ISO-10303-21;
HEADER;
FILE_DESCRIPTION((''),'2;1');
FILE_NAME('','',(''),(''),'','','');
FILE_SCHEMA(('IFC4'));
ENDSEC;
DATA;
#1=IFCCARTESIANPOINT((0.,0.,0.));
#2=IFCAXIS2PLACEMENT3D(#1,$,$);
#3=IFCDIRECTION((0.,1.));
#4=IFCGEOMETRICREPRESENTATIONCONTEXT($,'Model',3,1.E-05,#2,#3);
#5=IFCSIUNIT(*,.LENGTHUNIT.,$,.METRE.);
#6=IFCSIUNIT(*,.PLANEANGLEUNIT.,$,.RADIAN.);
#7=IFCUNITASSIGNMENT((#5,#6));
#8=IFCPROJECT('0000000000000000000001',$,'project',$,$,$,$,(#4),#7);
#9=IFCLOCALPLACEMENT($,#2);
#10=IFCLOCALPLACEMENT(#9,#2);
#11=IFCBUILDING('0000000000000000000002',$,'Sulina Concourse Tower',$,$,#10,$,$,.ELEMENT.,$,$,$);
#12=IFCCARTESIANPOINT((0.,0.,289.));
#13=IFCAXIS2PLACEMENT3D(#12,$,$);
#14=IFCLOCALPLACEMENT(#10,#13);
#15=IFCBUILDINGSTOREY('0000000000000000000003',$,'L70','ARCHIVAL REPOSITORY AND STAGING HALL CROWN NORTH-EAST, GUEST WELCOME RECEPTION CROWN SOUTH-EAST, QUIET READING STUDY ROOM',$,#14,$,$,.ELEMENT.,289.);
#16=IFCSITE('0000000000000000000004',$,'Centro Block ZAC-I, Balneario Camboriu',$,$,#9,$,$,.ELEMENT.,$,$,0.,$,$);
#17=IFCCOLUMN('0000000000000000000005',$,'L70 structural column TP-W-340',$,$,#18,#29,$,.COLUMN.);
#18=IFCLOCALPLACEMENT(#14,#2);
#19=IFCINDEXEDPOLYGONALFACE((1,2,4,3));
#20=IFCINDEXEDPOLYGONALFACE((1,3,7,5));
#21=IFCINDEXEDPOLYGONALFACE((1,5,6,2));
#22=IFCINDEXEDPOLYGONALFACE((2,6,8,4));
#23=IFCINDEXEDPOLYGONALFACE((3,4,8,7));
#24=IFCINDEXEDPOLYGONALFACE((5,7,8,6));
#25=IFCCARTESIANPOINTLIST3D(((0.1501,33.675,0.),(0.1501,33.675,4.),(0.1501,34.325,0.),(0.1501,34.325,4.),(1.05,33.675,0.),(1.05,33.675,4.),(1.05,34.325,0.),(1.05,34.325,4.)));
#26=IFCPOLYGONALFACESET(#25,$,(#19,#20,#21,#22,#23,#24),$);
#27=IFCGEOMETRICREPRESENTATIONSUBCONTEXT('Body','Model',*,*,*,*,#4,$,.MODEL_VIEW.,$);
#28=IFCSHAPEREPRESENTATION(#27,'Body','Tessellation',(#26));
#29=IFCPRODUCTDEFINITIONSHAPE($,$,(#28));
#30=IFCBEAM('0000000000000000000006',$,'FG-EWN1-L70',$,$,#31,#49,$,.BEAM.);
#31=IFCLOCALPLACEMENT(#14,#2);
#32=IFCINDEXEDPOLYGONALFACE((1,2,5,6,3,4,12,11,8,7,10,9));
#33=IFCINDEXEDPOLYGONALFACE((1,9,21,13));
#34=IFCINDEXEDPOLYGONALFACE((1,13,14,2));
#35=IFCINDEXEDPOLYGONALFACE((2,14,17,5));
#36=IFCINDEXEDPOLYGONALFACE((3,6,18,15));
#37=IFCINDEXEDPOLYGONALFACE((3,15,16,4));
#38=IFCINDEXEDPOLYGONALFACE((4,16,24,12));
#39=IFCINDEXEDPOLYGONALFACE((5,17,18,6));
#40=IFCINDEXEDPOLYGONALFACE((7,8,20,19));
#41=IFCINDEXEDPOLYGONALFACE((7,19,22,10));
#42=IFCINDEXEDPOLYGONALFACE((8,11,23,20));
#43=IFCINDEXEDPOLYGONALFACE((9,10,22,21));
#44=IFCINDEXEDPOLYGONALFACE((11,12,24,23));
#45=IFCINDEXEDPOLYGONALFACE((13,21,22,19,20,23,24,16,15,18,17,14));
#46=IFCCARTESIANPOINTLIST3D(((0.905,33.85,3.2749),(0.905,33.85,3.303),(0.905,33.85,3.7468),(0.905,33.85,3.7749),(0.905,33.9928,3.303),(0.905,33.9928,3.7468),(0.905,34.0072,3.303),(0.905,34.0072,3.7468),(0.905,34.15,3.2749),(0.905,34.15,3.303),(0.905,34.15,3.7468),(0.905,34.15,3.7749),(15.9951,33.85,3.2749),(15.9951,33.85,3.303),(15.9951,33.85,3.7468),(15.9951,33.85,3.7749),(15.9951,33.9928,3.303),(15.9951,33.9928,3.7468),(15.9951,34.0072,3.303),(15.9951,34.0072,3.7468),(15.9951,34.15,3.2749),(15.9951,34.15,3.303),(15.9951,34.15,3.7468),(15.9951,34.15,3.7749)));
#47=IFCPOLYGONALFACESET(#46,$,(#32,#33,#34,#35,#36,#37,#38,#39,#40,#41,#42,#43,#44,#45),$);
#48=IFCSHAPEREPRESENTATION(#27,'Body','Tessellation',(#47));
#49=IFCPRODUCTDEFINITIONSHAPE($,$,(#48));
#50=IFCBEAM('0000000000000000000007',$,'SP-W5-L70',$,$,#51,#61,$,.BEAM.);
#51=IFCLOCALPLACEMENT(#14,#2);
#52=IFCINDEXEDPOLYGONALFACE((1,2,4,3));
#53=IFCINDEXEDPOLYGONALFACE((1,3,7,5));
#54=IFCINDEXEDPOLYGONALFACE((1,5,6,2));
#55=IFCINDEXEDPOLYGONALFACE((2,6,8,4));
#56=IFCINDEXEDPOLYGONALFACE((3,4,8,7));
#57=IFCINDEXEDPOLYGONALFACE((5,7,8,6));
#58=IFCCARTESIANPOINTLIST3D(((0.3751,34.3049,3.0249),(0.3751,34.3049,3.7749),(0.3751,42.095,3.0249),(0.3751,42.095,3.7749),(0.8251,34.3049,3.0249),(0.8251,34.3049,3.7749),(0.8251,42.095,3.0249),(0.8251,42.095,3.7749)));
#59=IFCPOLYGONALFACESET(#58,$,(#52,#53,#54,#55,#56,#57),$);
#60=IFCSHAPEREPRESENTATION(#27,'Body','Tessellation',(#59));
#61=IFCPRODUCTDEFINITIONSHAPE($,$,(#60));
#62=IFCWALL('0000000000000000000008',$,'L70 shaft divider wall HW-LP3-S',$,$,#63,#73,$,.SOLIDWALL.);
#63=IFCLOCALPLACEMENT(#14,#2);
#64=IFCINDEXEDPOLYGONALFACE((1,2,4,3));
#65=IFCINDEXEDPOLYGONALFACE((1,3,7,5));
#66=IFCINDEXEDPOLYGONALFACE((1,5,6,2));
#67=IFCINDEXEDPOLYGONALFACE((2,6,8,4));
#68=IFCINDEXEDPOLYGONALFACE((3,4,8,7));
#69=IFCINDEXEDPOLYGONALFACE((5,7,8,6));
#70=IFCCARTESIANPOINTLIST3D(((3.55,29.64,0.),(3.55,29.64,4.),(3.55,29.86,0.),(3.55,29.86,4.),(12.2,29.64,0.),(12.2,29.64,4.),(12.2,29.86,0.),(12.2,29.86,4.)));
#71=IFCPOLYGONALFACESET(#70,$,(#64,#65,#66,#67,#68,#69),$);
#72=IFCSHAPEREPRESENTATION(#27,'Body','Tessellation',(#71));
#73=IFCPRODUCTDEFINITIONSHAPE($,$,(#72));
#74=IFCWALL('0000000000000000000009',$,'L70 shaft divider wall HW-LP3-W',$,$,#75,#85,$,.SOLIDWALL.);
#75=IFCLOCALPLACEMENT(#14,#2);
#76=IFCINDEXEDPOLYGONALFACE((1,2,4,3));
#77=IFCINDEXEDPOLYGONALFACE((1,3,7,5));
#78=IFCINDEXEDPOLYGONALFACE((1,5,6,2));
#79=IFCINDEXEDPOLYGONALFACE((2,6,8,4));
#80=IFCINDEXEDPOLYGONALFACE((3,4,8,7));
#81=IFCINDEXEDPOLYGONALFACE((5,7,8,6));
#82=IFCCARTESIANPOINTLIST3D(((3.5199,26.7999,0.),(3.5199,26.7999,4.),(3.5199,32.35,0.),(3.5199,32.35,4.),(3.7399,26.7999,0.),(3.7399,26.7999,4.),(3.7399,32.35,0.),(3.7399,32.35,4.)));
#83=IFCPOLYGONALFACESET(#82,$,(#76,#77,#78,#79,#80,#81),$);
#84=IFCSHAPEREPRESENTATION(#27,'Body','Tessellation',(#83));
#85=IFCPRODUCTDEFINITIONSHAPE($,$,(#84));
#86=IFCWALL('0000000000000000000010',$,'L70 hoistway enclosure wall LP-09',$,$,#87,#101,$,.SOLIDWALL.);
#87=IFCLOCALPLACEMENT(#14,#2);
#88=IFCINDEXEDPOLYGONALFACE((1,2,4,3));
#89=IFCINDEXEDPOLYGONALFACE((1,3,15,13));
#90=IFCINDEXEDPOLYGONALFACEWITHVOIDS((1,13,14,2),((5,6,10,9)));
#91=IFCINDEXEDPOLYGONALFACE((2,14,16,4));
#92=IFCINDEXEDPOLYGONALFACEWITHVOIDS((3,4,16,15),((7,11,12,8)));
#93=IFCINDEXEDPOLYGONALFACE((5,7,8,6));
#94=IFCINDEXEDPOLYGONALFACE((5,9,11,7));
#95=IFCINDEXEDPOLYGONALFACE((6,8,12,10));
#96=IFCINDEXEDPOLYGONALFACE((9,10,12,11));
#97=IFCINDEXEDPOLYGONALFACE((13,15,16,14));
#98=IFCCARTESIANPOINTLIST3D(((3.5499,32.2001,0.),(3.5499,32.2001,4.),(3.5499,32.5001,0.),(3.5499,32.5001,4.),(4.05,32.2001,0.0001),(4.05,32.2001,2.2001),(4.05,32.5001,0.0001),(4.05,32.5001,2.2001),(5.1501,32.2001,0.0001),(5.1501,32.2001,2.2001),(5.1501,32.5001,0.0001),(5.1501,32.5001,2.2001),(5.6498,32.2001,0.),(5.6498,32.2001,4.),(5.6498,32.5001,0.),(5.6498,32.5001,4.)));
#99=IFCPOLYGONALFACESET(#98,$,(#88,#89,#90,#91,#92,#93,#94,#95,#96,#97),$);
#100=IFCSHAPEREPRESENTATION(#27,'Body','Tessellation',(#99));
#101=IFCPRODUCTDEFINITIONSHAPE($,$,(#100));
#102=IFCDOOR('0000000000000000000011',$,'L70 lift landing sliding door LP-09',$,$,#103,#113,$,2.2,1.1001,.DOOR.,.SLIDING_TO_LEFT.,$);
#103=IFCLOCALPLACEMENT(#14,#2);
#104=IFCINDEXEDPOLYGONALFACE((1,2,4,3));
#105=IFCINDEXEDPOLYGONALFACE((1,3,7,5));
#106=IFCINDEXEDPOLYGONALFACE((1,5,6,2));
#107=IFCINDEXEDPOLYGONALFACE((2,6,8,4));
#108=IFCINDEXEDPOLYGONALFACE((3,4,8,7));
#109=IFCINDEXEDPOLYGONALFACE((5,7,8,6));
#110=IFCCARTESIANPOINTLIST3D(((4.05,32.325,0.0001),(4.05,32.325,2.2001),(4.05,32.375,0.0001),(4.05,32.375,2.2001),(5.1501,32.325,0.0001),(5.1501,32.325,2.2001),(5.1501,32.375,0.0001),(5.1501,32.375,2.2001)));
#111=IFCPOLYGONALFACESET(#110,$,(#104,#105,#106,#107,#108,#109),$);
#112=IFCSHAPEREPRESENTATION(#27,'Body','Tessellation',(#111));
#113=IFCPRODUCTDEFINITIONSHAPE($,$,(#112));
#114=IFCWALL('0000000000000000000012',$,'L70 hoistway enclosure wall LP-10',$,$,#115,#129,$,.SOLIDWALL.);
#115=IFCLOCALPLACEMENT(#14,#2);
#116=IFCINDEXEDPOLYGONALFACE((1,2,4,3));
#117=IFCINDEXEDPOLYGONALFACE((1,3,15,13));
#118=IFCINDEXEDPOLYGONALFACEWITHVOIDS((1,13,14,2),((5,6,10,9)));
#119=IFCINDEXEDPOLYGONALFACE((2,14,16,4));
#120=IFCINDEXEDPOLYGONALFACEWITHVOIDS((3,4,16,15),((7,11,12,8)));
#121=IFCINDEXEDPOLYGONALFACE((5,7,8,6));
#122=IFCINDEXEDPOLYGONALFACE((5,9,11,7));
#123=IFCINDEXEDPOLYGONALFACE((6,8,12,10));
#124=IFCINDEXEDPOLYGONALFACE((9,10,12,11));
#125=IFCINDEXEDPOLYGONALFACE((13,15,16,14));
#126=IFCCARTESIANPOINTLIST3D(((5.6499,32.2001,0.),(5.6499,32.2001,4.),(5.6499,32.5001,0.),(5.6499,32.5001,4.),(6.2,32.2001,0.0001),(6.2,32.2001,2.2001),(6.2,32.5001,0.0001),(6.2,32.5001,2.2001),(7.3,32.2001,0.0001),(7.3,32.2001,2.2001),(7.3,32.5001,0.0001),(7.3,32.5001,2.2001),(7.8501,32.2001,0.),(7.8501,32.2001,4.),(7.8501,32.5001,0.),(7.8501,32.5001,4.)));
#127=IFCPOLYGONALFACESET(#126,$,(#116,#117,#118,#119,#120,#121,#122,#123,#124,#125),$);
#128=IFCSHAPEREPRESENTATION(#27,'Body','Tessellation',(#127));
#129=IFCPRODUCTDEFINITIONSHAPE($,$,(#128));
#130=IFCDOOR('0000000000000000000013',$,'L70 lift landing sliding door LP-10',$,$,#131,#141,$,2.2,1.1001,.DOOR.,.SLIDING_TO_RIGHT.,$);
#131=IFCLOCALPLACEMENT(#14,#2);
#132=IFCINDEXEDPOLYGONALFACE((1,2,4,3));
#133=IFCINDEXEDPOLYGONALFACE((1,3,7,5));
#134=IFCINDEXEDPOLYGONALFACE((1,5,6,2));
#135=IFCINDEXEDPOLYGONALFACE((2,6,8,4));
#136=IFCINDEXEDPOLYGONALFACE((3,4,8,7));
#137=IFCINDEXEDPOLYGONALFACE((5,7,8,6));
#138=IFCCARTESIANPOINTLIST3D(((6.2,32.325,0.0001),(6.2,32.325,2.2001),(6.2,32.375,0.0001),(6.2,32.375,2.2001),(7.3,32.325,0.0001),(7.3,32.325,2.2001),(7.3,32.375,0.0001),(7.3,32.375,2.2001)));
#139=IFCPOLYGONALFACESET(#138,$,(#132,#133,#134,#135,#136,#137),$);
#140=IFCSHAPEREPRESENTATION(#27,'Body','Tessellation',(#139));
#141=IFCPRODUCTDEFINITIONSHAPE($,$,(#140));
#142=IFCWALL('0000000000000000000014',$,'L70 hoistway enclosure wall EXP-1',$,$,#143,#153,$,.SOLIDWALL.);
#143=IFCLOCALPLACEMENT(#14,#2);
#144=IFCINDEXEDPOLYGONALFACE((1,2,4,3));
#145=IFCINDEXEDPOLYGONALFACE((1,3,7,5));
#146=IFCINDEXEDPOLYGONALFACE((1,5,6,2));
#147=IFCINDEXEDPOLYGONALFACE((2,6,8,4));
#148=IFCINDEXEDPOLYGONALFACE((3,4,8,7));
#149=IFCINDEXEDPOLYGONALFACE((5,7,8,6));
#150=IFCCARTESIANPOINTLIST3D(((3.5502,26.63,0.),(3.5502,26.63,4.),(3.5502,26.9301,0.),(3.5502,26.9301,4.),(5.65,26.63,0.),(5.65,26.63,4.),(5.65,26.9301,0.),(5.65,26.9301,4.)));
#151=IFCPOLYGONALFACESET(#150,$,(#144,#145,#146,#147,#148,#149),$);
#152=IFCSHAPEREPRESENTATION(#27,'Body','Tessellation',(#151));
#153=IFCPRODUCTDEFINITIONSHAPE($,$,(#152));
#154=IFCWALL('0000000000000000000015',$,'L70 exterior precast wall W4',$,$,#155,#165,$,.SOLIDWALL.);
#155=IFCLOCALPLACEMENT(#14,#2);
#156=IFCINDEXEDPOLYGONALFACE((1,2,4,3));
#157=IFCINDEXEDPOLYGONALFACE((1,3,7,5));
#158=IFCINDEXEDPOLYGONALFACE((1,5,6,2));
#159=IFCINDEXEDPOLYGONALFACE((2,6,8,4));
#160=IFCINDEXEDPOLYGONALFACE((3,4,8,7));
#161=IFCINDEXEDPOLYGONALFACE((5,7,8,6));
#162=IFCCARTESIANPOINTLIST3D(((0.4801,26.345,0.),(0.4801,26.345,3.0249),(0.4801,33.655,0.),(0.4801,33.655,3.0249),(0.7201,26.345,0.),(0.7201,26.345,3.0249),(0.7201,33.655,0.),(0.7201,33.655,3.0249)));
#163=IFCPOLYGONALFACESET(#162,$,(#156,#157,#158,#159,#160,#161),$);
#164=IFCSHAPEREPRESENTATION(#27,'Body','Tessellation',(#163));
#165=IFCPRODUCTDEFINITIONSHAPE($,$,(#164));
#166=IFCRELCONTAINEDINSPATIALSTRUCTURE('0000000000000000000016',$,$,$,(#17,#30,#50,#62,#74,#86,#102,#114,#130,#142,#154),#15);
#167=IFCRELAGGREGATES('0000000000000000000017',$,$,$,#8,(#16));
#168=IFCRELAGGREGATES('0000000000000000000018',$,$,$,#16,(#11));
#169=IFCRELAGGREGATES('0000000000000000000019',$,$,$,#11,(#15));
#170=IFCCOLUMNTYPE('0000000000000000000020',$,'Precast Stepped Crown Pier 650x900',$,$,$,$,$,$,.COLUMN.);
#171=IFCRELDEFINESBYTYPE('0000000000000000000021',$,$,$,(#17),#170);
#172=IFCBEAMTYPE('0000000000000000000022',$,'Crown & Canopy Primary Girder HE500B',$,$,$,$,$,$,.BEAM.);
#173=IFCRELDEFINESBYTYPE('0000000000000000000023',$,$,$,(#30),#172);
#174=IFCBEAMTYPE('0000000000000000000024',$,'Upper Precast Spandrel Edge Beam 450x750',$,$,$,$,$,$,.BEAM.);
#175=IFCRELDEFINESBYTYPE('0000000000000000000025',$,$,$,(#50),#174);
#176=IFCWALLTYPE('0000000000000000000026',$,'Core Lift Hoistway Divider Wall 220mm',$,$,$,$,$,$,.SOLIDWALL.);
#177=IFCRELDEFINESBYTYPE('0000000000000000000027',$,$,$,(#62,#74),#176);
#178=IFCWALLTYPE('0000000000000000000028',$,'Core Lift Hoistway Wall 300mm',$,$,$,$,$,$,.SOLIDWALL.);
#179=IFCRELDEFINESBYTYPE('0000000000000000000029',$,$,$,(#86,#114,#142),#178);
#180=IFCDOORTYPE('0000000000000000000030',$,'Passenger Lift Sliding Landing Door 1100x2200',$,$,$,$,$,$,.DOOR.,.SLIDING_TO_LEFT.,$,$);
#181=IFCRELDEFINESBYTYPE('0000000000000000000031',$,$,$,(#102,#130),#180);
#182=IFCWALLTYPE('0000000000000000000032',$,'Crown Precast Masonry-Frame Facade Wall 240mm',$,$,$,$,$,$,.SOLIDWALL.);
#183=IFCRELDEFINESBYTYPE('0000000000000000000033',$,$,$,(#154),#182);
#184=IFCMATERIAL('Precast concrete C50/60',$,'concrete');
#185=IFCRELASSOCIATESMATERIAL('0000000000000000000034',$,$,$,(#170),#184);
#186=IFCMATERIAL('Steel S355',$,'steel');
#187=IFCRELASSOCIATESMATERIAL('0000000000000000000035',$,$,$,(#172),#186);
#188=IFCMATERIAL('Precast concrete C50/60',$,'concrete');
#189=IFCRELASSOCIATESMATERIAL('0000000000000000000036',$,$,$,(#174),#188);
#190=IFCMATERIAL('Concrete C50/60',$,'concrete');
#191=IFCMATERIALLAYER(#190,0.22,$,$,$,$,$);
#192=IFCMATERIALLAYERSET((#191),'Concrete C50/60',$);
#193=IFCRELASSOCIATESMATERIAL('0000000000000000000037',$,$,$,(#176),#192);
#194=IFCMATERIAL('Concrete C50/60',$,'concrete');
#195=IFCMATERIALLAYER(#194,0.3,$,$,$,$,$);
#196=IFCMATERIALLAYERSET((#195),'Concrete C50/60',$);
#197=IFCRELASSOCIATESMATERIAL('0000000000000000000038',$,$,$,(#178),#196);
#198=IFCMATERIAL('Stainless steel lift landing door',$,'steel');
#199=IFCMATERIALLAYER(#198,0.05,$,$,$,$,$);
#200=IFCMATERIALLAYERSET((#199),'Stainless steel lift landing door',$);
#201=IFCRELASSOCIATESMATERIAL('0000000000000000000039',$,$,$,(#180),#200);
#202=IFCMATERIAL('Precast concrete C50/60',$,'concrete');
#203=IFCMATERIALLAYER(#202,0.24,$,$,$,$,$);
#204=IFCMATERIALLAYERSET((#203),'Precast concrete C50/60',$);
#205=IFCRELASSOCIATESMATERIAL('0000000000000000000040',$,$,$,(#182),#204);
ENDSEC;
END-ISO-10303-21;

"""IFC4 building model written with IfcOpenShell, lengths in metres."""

from ifc_helpers import new_model, si_unit, direction, frame, frame_2d, origin, origin_2d, place, context, subcontext, project, spatial, rectangle, i_section, extrude, material, layer, layer_set, material_profile, profile_set, type_object, element, fill, save


model = new_model("IFC4")

# Units and contexts
model_context = context("Model", 3, precision=1e-05, world=origin(), true_north=direction((0.0, 1.0)))
body_context = subcontext(model_context, "Body", "Model", "MODEL_VIEW")
ifc_project = project(units=[si_unit("LENGTHUNIT", "METRE"), si_unit("PLANEANGLEUNIT", "RADIAN")], contexts=[model_context])

# Site, building, storey
site_placement = place(None, origin())
site = spatial("IfcSite", under=ifc_project, at=site_placement, Name="Centro Block ZAC-I, Balneario Camboriu", CompositionType="ELEMENT", RefElevation=0.0)
building_placement = place(site_placement, origin())
building = spatial("IfcBuilding", under=site, at=building_placement, Name="Sulina Concourse Tower", CompositionType="ELEMENT")
storey_placement = place(building_placement, frame((0.0, 0.0, 289.0)))
storey = spatial("IfcBuildingStorey", under=building, at=storey_placement, Name="L70", Description="ARCHIVAL REPOSITORY AND STAGING HALL CROWN NORTH-EAST, GUEST WELCOME RECEPTION CROWN SOUTH-EAST, QUIET READING STUDY ROOM", CompositionType="ELEMENT", Elevation=289.0)

# Column
ifc_material_1 = material(Name="Precast concrete C50/60", Category="concrete")
ifc_material_profile_1 = material_profile(ifc_material_1, rectangle(XDim=0.6499, YDim=0.8999, at=origin_2d()), Name="PC 650x900")
ifc_profile_set_1 = profile_set([ifc_material_profile_1], Name="Precast concrete C50/60")
column_type = type_object("IfcColumnType", Name="Precast Stepped Crown Pier 650x900", PredefinedType="COLUMN", material=ifc_profile_set_1)
column_placement = place(storey_placement, frame((0.6001, 34.0, 0.0), z_axis=(0.0, 0.0, 1.0), x_axis=(0.0, 1.0, 0.0)))
element("IfcColumn", 1, at=column_placement, inside=storey, type_object=column_type, Name="L70 structural column TP-W-340", PredefinedType="COLUMN", context=body_context, shape_type="SweptSolid", body=[
    extrude(rectangle(XDim=0.6499, YDim=0.8999, at=origin_2d()), origin(), (0.0, 0.0, 1.0), 4.0),
])

# Beams
ifc_material_2 = material(Name="Steel S355", Category="steel")
ifc_material_profile_2 = material_profile(ifc_material_2, i_section(OverallWidth=0.3, OverallDepth=0.5, WebThickness=0.0144, FlangeThickness=0.0281, at=origin_2d()), Name="HE 500 B")
ifc_profile_set_2 = profile_set([ifc_material_profile_2], Name="Steel S355")
beam_type_1 = type_object("IfcBeamType", Name="Crown & Canopy Primary Girder HE500B", PredefinedType="BEAM", material=ifc_profile_set_2)
beam_1_placement = place(storey_placement, frame((0.905, 34.0, 3.5249), z_axis=(1.0, 0.0, 0.0), x_axis=(0.0, 1.0, 0.0)))
element("IfcBeam", 2, at=beam_1_placement, inside=storey, type_object=beam_type_1, Name="FG-EWN1-L70", PredefinedType="BEAM", context=body_context, shape_type="SweptSolid", body=[
    extrude(i_section(OverallWidth=0.3, OverallDepth=0.5, WebThickness=0.0144, FlangeThickness=0.0281, at=origin_2d()), origin(), (0.0, 0.0, 1.0), 15.0901),
])
ifc_material_3 = material(Name="Precast concrete C50/60", Category="concrete")
ifc_material_profile_3 = material_profile(ifc_material_3, rectangle(XDim=0.45, YDim=0.75, at=origin_2d()), Name="RC 450x750")
ifc_profile_set_3 = profile_set([ifc_material_profile_3], Name="Precast concrete C50/60")
beam_type_2 = type_object("IfcBeamType", Name="Upper Precast Spandrel Edge Beam 450x750", PredefinedType="BEAM", material=ifc_profile_set_3)
beam_2_placement = place(storey_placement, frame((0.6001, 34.3049, 3.3999), z_axis=(0.0, 1.0, 0.0), x_axis=(-1.0, 0.0, 0.0)))
element("IfcBeam", 3, at=beam_2_placement, inside=storey, type_object=beam_type_2, Name="SP-W5-L70", PredefinedType="BEAM", context=body_context, shape_type="SweptSolid", body=[
    extrude(rectangle(XDim=0.45, YDim=0.75, at=origin_2d()), origin(), (0.0, 0.0, 1.0), 7.79),
])

# Walls
ifc_material_4 = material(Name="Concrete C50/60", Category="concrete")
ifc_layer_1 = layer(ifc_material_4, 0.22)
ifc_layer_set_1 = layer_set([ifc_layer_1], Name="Concrete C50/60")
wall_type_1 = type_object("IfcWallType", Name="Core Lift Hoistway Divider Wall 220mm", PredefinedType="SOLIDWALL", material=ifc_layer_set_1)
wall_1_placement = place(storey_placement, frame((3.55, 29.75, 0.0), z_axis=(0.0, 0.0, 1.0), x_axis=(1.0, 0.0, 0.0)))
element("IfcWall", 4, at=wall_1_placement, inside=storey, type_object=wall_type_1, Name="L70 shaft divider wall HW-LP3-S", PredefinedType="SOLIDWALL", context=body_context, shape_type="SweptSolid", body=[
    extrude(rectangle(XDim=8.6499, YDim=0.22, at=frame_2d((4.325, 0.0))), origin(), (0.0, 0.0, 1.0), 4.0),
])
wall_2_placement = place(storey_placement, frame((3.6299, 26.8, 0.0), z_axis=(0.0, 0.0, 1.0), x_axis=(0.0, 1.0, 0.0)))
element("IfcWall", 5, at=wall_2_placement, inside=storey, type_object=wall_type_1, Name="L70 shaft divider wall HW-LP3-W", PredefinedType="SOLIDWALL", context=body_context, shape_type="SweptSolid", body=[
    extrude(rectangle(XDim=5.55, YDim=0.22, at=frame_2d((2.7749, 0.0))), origin(), (0.0, 0.0, 1.0), 4.0),
])

# Walls, openings, doors
ifc_material_5 = material(Name="Concrete C50/60", Category="concrete")
ifc_layer_2 = layer(ifc_material_5, 0.3)
ifc_layer_set_2 = layer_set([ifc_layer_2], Name="Concrete C50/60")
wall_type_2 = type_object("IfcWallType", Name="Core Lift Hoistway Wall 300mm", PredefinedType="SOLIDWALL", material=ifc_layer_set_2)
wall_3_placement = place(storey_placement, frame((3.55, 32.3501, 0.0), z_axis=(0.0, 0.0, 1.0), x_axis=(1.0, 0.0, 0.0)))
wall_3 = element("IfcWall", 6, at=wall_3_placement, inside=storey, type_object=wall_type_2, Name="L70 hoistway enclosure wall LP-09", PredefinedType="SOLIDWALL", context=body_context, shape_type="SweptSolid", body=[
    extrude(rectangle(XDim=2.0999, YDim=0.3, at=frame_2d((1.0498, 0.0))), origin(), (0.0, 0.0, 1.0), 4.0),
])
opening_1_placement = place(wall_3_placement, frame((0.5, 0.0, 0.0)))
opening_1 = element("IfcOpeningElement", 7, at=opening_1_placement, cuts=wall_3, PredefinedType="OPENING", context=body_context, shape_type="SweptSolid", body=[
    extrude(rectangle(XDim=1.1001, YDim=2.2, at=frame_2d((0.55, 1.1001))), frame((0.0, 0.1599, 0.0), z_axis=(0.0, -1.0, 0.0), x_axis=(1.0, 0.0, 0.0)), (0.0, 0.0, 1.0), 0.3201),
])
ifc_material_6 = material(Name="Stainless steel lift landing door", Category="steel")
ifc_layer_3 = layer(ifc_material_6, 0.05)
ifc_layer_set_3 = layer_set([ifc_layer_3], Name="Stainless steel lift landing door")
door_type_1 = type_object("IfcDoorType", Name="Passenger Lift Sliding Landing Door 1100x2200", OperationType="SLIDING_TO_LEFT", PredefinedType="DOOR", material=ifc_layer_set_3)
door_1_placement = place(opening_1_placement, origin())
door_1 = element("IfcDoor", 8, at=door_1_placement, inside=storey, type_object=door_type_1, Name="L70 lift landing sliding door LP-09", OperationType="SLIDING_TO_LEFT", OverallHeight=2.2, OverallWidth=1.1001, PredefinedType="DOOR", context=body_context, shape_type="SweptSolid", body=[
    extrude(rectangle(XDim=1.1001, YDim=2.2, at=frame_2d((0.55, 1.1001))), frame((0.0, 0.0249, 0.0), z_axis=(0.0, -1.0, 0.0), x_axis=(1.0, 0.0, 0.0)), (0.0, 0.0, 1.0), 0.05),
])
fill(opening_1, door_1)
wall_4_placement = place(storey_placement, frame((5.6499, 32.3501, 0.0), z_axis=(0.0, 0.0, 1.0), x_axis=(1.0, 0.0, 0.0)))
wall_4 = element("IfcWall", 9, at=wall_4_placement, inside=storey, type_object=wall_type_2, Name="L70 hoistway enclosure wall LP-10", PredefinedType="SOLIDWALL", context=body_context, shape_type="SweptSolid", body=[
    extrude(rectangle(XDim=2.2002, YDim=0.3, at=frame_2d((1.1001, 0.0))), origin(), (0.0, 0.0, 1.0), 4.0),
])
opening_2_placement = place(wall_4_placement, frame((0.55, 0.0, 0.0)))
opening_2 = element("IfcOpeningElement", 10, at=opening_2_placement, cuts=wall_4, PredefinedType="OPENING", context=body_context, shape_type="SweptSolid", body=[
    extrude(rectangle(XDim=1.1001, YDim=2.2, at=frame_2d((0.55, 1.1001))), frame((0.0, 0.1599, 0.0), z_axis=(0.0, -1.0, 0.0), x_axis=(1.0, 0.0, 0.0)), (0.0, 0.0, 1.0), 0.3201),
])
door_2_placement = place(opening_2_placement, origin())
door_2 = element("IfcDoor", 11, at=door_2_placement, inside=storey, type_object=door_type_1, Name="L70 lift landing sliding door LP-10", OperationType="SLIDING_TO_RIGHT", OverallHeight=2.2, OverallWidth=1.1001, PredefinedType="DOOR", context=body_context, shape_type="SweptSolid", body=[
    extrude(rectangle(XDim=1.1001, YDim=2.2, at=frame_2d((0.55, 1.1001))), frame((0.0, 0.0249, 0.0), z_axis=(0.0, -1.0, 0.0), x_axis=(1.0, 0.0, 0.0)), (0.0, 0.0, 1.0), 0.05),
])
fill(opening_2, door_2)

# Walls
wall_5_placement = place(storey_placement, frame((5.6499, 26.78, 0.0), z_axis=(0.0, 0.0, 1.0), x_axis=(-1.0, 0.0, 0.0)))
element("IfcWall", 12, at=wall_5_placement, inside=storey, type_object=wall_type_2, Name="L70 hoistway enclosure wall EXP-1", PredefinedType="SOLIDWALL", context=body_context, shape_type="SweptSolid", body=[
    extrude(rectangle(XDim=2.0999, YDim=0.3, at=frame_2d((1.0498, 0.0))), origin(), (0.0, 0.0, 1.0), 4.0),
])
ifc_material_7 = material(Name="Precast concrete C50/60", Category="concrete")
ifc_layer_4 = layer(ifc_material_7, 0.24)
ifc_layer_set_4 = layer_set([ifc_layer_4], Name="Precast concrete C50/60")
wall_type_3 = type_object("IfcWallType", Name="Crown Precast Masonry-Frame Facade Wall 240mm", PredefinedType="SOLIDWALL", material=ifc_layer_set_4)
wall_6_placement = place(storey_placement, frame((0.6001, 26.345, 0.0), z_axis=(0.0, 0.0, 1.0), x_axis=(0.0, 1.0, 0.0)))
element("IfcWall", 13, at=wall_6_placement, inside=storey, type_object=wall_type_3, Name="L70 exterior precast wall W4", PredefinedType="SOLIDWALL", context=body_context, shape_type="SweptSolid", body=[
    extrude(rectangle(XDim=7.3101, YDim=0.24, at=frame_2d((3.655, 0.0))), origin(), (0.0, 0.0, 1.0), 3.0249),
])

save(model, "model.ifc")
